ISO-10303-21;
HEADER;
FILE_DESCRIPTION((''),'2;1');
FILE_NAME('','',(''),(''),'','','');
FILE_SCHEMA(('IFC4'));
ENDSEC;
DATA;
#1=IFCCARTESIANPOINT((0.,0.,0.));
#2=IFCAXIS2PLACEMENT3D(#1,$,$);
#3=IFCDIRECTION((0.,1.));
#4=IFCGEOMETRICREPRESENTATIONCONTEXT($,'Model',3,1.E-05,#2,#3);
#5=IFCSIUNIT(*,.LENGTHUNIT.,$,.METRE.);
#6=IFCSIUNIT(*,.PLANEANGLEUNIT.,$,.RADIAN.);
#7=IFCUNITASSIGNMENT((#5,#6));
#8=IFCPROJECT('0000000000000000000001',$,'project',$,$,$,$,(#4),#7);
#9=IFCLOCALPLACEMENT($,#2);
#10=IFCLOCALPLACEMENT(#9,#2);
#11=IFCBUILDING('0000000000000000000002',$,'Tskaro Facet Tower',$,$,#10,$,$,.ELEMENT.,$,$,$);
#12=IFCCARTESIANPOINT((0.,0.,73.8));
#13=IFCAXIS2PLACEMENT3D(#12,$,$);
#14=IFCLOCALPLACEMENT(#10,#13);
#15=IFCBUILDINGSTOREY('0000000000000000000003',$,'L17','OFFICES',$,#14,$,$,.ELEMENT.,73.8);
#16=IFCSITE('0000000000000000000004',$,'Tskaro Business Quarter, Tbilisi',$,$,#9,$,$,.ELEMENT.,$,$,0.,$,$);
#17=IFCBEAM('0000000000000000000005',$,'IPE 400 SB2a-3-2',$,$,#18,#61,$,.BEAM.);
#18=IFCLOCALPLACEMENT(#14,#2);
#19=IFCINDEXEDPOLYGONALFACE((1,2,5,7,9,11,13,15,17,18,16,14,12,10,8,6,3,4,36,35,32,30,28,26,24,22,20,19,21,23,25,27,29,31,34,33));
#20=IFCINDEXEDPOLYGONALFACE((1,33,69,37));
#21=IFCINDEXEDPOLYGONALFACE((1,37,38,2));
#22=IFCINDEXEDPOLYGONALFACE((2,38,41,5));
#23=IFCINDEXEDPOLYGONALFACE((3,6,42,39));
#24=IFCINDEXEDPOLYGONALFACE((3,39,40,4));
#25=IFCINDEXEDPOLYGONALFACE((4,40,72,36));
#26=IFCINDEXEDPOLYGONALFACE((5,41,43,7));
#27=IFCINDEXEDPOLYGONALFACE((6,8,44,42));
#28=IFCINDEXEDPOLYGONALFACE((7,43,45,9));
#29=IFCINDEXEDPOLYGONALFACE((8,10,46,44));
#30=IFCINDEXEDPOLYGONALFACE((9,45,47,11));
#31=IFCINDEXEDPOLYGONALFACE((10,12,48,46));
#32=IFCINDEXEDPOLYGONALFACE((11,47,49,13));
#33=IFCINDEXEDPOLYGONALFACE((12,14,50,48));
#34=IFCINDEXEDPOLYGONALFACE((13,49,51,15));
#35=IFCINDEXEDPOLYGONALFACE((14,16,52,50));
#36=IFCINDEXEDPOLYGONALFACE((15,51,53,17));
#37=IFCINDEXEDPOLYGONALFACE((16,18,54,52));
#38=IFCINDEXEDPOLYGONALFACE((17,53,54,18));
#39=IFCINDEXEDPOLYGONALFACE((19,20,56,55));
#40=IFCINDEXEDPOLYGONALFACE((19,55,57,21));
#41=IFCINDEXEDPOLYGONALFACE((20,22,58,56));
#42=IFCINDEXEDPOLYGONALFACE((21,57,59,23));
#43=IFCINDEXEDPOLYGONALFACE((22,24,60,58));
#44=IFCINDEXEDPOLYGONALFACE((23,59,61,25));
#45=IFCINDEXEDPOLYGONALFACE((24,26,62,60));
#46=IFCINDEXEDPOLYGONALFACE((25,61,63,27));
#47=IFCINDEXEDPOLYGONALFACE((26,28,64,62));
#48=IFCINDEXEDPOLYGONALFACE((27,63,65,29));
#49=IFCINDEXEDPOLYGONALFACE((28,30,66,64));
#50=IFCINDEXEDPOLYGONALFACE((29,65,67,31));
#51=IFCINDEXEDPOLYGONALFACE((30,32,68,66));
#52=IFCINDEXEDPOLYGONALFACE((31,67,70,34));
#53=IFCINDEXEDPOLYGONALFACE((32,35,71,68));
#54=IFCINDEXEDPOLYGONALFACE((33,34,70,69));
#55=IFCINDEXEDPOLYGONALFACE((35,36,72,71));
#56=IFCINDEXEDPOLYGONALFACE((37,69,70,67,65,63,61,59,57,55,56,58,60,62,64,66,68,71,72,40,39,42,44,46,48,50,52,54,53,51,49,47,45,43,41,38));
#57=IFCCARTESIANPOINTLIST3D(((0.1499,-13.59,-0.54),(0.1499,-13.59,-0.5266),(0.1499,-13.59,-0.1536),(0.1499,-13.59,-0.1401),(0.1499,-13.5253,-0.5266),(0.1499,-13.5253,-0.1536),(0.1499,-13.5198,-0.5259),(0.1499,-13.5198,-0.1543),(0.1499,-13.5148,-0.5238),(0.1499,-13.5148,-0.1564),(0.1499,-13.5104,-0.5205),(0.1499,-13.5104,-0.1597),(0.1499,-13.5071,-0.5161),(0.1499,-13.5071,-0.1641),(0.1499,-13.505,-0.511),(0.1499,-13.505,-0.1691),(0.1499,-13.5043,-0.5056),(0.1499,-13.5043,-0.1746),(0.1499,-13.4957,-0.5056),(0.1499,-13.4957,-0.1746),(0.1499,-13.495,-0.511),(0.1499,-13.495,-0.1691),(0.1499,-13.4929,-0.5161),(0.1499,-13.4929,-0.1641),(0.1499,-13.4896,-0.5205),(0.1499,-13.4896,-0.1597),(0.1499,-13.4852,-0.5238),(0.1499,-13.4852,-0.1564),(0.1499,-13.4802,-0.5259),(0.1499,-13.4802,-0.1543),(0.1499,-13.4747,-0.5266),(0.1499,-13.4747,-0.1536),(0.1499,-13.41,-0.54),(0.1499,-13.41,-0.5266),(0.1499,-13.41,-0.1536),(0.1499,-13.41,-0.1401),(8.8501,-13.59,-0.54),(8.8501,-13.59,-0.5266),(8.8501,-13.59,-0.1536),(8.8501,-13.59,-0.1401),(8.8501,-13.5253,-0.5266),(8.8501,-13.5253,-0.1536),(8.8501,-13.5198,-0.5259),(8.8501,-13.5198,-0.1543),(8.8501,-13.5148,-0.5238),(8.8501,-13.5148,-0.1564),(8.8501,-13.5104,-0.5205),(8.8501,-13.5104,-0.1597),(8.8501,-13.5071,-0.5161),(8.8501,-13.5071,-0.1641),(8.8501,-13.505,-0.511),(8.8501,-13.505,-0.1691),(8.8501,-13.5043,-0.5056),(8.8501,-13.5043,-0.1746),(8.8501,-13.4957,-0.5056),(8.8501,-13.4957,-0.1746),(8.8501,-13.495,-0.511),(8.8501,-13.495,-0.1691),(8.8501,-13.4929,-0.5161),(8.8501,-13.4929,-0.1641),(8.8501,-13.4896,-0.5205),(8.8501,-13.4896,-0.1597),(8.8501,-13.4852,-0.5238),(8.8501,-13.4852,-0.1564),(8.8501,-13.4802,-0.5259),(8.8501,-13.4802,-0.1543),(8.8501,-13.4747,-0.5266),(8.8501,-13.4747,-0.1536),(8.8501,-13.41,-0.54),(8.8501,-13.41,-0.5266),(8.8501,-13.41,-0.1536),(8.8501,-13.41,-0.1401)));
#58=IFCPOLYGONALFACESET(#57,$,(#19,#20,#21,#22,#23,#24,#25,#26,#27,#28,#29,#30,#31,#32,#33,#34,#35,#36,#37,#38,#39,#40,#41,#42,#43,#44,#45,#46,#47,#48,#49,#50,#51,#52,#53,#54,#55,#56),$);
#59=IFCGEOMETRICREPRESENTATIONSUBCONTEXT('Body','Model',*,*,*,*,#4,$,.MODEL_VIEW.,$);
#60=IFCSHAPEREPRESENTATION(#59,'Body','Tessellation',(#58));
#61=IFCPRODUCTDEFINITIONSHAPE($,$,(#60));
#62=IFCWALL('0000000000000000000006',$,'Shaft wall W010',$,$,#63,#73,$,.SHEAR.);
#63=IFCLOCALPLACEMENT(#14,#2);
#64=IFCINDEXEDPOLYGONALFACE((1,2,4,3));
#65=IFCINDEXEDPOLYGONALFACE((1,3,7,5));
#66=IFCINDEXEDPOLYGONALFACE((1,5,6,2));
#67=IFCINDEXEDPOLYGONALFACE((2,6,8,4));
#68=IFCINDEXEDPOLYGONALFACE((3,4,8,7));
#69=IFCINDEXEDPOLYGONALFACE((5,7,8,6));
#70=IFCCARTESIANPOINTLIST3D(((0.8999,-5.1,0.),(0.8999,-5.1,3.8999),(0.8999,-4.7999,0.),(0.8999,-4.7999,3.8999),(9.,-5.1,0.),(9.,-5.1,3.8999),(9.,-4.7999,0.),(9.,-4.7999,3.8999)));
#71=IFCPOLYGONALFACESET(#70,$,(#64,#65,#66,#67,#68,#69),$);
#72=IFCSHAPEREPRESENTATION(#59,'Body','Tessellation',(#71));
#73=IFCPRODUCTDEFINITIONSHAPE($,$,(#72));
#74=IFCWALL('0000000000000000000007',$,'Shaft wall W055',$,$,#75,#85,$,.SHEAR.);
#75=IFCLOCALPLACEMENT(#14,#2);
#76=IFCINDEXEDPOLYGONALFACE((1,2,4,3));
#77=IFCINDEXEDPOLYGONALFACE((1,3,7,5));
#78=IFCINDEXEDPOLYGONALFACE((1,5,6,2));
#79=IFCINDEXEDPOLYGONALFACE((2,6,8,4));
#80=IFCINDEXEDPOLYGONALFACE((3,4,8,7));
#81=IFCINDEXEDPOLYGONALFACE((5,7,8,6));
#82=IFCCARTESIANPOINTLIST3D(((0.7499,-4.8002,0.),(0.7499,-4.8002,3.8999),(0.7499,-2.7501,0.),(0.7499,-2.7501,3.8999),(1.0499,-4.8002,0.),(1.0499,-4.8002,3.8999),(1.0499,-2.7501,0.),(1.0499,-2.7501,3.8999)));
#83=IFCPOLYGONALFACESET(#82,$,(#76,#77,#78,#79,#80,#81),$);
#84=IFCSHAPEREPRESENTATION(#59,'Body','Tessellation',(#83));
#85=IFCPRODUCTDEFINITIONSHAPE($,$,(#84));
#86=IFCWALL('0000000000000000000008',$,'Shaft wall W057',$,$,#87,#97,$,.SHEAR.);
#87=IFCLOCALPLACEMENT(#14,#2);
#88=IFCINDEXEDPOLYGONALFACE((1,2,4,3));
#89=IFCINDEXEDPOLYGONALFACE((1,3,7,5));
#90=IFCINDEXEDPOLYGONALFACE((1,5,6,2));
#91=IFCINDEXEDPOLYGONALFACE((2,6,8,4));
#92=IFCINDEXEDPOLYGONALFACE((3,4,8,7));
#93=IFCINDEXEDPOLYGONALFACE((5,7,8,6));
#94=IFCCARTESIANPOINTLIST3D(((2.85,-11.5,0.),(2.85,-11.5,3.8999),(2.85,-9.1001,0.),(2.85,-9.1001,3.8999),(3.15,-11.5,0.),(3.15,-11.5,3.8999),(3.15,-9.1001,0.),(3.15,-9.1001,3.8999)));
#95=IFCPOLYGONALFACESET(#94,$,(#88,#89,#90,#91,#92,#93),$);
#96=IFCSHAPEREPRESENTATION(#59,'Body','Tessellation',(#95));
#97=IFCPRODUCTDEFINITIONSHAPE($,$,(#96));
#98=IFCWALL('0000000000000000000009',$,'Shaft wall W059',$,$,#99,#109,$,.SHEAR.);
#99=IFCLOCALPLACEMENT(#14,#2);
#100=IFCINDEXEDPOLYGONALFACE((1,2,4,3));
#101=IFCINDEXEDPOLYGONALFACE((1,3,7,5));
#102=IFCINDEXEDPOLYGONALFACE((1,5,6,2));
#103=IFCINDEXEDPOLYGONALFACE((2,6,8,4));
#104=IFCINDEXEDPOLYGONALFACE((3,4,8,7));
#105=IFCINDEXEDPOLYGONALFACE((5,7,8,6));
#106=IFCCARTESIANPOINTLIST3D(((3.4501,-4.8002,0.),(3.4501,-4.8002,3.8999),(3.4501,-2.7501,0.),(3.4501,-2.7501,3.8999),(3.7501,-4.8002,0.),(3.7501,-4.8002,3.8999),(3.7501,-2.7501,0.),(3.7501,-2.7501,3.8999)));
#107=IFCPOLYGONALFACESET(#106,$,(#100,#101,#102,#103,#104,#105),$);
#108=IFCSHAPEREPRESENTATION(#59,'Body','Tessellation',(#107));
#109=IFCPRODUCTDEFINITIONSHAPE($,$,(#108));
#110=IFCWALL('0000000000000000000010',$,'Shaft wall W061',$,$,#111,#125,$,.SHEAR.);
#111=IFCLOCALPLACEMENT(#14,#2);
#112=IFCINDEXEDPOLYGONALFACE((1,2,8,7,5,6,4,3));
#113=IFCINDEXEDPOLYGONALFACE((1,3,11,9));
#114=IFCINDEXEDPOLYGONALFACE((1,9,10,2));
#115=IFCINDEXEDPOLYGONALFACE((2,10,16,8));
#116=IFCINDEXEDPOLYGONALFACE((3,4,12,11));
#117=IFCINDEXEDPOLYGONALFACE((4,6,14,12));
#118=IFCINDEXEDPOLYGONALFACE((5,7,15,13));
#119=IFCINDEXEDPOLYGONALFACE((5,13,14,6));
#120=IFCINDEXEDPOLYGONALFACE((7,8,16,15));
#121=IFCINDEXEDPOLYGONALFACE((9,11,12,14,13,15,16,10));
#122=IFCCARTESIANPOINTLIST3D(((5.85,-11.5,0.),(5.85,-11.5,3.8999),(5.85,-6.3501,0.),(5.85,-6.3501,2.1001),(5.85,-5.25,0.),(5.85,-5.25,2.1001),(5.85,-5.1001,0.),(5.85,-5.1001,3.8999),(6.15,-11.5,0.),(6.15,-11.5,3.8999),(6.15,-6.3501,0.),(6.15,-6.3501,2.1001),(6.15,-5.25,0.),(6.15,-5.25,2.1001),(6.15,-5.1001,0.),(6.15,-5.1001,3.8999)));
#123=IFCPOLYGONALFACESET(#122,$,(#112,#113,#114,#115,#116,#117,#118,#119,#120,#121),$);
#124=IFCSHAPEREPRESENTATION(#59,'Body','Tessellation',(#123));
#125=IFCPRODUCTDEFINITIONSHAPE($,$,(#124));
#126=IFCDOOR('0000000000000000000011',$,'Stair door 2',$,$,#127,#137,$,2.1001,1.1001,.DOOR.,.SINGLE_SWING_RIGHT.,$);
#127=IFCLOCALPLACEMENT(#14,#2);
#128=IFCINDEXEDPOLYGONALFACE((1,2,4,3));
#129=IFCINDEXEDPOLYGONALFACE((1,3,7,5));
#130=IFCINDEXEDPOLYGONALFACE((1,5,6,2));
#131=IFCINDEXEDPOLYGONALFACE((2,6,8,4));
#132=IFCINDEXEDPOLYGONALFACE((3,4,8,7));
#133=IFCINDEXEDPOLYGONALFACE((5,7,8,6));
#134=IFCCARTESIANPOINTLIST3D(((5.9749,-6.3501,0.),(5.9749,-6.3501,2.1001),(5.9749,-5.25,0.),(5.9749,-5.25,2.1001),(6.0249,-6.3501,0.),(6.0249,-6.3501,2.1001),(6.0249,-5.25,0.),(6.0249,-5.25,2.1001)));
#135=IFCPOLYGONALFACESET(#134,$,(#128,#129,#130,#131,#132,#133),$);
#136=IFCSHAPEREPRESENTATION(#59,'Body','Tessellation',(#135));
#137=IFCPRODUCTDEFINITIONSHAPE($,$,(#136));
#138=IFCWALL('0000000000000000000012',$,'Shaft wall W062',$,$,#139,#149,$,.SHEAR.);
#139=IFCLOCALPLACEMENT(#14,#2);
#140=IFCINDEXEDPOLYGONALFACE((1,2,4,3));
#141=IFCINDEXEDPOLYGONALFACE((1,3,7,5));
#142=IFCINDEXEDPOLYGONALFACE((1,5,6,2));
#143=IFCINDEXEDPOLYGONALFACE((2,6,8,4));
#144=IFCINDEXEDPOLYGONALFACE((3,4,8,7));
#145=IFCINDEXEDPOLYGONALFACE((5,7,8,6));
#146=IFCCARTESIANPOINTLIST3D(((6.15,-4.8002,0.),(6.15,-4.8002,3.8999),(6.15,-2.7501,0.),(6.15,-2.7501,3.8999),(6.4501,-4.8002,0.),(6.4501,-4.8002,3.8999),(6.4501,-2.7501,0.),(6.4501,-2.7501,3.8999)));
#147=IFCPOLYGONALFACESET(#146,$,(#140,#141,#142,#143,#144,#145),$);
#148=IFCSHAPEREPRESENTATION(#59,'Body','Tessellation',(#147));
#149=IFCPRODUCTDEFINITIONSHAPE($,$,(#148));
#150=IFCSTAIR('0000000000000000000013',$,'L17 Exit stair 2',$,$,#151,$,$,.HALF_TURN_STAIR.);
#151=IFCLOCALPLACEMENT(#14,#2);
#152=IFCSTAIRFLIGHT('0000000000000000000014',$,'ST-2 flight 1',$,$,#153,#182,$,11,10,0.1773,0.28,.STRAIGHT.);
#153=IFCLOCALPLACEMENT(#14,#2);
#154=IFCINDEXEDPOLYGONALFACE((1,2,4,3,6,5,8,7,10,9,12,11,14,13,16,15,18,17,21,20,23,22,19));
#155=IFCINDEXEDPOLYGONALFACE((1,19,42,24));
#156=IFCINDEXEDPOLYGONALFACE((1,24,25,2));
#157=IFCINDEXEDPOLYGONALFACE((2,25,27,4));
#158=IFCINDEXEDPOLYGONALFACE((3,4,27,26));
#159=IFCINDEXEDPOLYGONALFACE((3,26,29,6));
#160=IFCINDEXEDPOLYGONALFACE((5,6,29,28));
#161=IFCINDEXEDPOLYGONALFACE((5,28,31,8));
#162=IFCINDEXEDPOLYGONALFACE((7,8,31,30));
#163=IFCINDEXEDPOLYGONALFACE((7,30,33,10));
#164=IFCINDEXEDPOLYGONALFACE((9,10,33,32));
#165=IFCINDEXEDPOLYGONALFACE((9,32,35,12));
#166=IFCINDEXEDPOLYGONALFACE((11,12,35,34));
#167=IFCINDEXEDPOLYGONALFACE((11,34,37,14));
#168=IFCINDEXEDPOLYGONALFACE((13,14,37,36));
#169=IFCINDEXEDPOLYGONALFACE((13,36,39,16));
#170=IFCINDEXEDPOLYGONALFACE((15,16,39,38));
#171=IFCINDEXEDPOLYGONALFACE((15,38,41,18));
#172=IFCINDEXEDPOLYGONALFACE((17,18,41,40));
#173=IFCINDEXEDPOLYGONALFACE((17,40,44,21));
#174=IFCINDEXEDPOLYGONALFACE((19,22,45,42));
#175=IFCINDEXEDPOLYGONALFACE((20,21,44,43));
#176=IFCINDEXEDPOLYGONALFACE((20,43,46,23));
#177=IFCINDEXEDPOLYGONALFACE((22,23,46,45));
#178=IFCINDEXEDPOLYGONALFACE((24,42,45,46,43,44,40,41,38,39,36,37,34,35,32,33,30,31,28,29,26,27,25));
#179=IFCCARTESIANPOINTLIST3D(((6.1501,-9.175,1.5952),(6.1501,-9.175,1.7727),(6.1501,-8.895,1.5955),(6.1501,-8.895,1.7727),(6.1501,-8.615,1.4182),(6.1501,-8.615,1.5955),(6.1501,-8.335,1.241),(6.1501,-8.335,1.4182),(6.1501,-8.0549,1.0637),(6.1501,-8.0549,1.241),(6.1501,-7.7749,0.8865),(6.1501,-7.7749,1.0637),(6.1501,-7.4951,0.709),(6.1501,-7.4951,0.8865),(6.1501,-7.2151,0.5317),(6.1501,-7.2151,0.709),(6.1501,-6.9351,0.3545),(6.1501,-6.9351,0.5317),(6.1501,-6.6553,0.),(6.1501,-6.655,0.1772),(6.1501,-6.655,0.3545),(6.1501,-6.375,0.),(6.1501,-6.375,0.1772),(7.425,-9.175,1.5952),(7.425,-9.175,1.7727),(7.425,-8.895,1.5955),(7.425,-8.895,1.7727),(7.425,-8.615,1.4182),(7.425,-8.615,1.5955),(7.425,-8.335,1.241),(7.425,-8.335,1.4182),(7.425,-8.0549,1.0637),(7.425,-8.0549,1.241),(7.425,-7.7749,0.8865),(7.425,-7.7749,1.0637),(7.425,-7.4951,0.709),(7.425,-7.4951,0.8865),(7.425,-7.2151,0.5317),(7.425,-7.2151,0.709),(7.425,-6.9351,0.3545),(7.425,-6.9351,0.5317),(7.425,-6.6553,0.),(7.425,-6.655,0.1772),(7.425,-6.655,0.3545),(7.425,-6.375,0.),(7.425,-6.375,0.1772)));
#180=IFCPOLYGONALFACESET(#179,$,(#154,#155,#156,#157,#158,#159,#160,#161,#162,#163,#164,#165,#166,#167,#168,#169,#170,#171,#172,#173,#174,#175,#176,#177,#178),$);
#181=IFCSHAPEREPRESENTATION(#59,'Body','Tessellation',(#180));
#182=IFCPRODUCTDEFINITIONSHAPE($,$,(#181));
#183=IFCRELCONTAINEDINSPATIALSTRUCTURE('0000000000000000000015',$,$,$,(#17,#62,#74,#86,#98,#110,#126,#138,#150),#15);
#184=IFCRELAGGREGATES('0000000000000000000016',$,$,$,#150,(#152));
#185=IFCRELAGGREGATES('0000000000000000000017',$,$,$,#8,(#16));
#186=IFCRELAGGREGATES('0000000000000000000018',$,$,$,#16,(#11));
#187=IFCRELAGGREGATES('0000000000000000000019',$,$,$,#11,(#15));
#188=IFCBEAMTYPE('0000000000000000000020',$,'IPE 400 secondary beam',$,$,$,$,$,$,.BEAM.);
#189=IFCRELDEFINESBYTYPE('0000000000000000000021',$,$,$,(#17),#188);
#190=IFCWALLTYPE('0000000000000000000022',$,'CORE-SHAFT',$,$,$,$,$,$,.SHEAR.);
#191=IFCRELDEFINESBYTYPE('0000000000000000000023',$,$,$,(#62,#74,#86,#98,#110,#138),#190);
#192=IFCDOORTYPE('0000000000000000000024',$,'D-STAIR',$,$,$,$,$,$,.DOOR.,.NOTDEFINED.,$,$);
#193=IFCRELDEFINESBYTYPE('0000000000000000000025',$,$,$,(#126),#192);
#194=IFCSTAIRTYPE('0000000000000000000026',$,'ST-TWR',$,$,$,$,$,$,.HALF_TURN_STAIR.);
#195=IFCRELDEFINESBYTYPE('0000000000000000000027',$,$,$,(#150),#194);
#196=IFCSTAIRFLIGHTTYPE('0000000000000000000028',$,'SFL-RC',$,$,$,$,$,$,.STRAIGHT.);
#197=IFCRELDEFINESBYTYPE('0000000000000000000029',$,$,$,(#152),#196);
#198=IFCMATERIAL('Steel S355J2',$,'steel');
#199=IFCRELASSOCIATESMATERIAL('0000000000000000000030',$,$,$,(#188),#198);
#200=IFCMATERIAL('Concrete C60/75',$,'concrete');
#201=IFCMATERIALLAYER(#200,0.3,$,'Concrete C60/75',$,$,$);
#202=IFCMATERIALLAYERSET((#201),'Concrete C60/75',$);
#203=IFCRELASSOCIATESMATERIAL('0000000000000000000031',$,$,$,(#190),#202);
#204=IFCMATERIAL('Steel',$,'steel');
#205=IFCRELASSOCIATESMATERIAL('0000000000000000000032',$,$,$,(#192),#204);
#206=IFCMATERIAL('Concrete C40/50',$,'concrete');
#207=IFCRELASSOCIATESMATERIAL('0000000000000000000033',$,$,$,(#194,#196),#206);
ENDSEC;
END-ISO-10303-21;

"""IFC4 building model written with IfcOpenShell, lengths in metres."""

from ifc_helpers import new_model, si_unit, direction, frame, frame_2d, origin, origin_2d, place, context, subcontext, project, spatial, polyline, rectangle, i_section, outline, extrude, material, layer, layer_set, material_profile, profile_set, type_object, element, fill, aggregate, save


model = new_model("IFC4")

# Units and contexts
model_context = context("Model", 3, precision=1e-05, world=origin(), true_north=direction((0.0, 1.0)))
body_context = subcontext(model_context, "Body", "Model", "MODEL_VIEW")
ifc_project = project(units=[si_unit("LENGTHUNIT", "METRE"), si_unit("PLANEANGLEUNIT", "RADIAN")], contexts=[model_context])

# Site, building, storey
site_placement = place(None, origin())
site = spatial("IfcSite", under=ifc_project, at=site_placement, Name="Tskaro Business Quarter, Tbilisi", CompositionType="ELEMENT", RefElevation=0.0)
building_placement = place(site_placement, origin())
building = spatial("IfcBuilding", under=site, at=building_placement, Name="Tskaro Facet Tower", CompositionType="ELEMENT")
storey_placement = place(building_placement, frame((0.0, 0.0, 73.8)))
storey = spatial("IfcBuildingStorey", under=building, at=storey_placement, Name="L17", Description="OFFICES", CompositionType="ELEMENT", Elevation=73.8)

# Beam
ifc_material_1 = material(Name="Steel S355J2", Category="steel")
ifc_material_profile = material_profile(ifc_material_1, i_section(OverallWidth=0.1799, OverallDepth=0.3999, WebThickness=0.0085, FlangeThickness=0.0134, FilletRadius=0.021, at=origin_2d()), Name="IPE 400")
ifc_profile_set = profile_set([ifc_material_profile], Name="Steel S355J2")
beam_type = type_object("IfcBeamType", Name="IPE 400 secondary beam", PredefinedType="BEAM", material=ifc_profile_set)
beam_placement = place(storey_placement, frame((0.1499, -13.5, -0.3401), z_axis=(1.0, 0.0, 0.0), x_axis=(0.0, 1.0, 0.0)))
element("IfcBeam", 1, at=beam_placement, inside=storey, type_object=beam_type, Name="IPE 400 SB2a-3-2", PredefinedType="BEAM", context=body_context, shape_type="SweptSolid", body=[
    extrude(i_section(OverallWidth=0.1799, OverallDepth=0.3999, WebThickness=0.0085, FlangeThickness=0.0134, FilletRadius=0.021, at=origin_2d()), origin(), (0.0, 0.0, 1.0), 8.7002),
])

# Walls
ifc_material_2 = material(Name="Concrete C60/75", Category="concrete")
ifc_layer = layer(ifc_material_2, 0.3, Name="Concrete C60/75")
ifc_layer_set = layer_set([ifc_layer], Name="Concrete C60/75")
wall_type = type_object("IfcWallType", Name="CORE-SHAFT", PredefinedType="SHEAR", material=ifc_layer_set)
wall_1_placement = place(storey_placement, frame((0.8999, -4.95, 0.0), z_axis=(0.0, 0.0, 1.0), x_axis=(1.0, 0.0, 0.0)))
element("IfcWall", 2, at=wall_1_placement, inside=storey, type_object=wall_type, Name="Shaft wall W010", PredefinedType="SHEAR", context=body_context, shape_type="SweptSolid", body=[
    extrude(rectangle(XDim=8.1001, YDim=0.3, at=frame_2d((4.05, 0.0))), origin(), (0.0, 0.0, 1.0), 3.8999),
])
wall_2_placement = place(storey_placement, frame((0.8999, -4.8, 0.0), z_axis=(0.0, 0.0, 1.0), x_axis=(0.0, 1.0, 0.0)))
element("IfcWall", 3, at=wall_2_placement, inside=storey, type_object=wall_type, Name="Shaft wall W055", PredefinedType="SHEAR", context=body_context, shape_type="SweptSolid", body=[
    extrude(rectangle(XDim=2.05, YDim=0.3, at=frame_2d((1.0249, 0.0))), origin(), (0.0, 0.0, 1.0), 3.8999),
])
wall_3_placement = place(storey_placement, frame((3.0, -11.5, 0.0), z_axis=(0.0, 0.0, 1.0), x_axis=(0.0, 1.0, 0.0)))
element("IfcWall", 4, at=wall_3_placement, inside=storey, type_object=wall_type, Name="Shaft wall W057", PredefinedType="SHEAR", context=body_context, shape_type="SweptSolid", body=[
    extrude(rectangle(XDim=2.3999, YDim=0.3, at=frame_2d((1.2, 0.0))), origin(), (0.0, 0.0, 1.0), 3.8999),
])
wall_4_placement = place(storey_placement, frame((3.6001, -4.8, 0.0), z_axis=(0.0, 0.0, 1.0), x_axis=(0.0, 1.0, 0.0)))
element("IfcWall", 5, at=wall_4_placement, inside=storey, type_object=wall_type, Name="Shaft wall W059", PredefinedType="SHEAR", context=body_context, shape_type="SweptSolid", body=[
    extrude(rectangle(XDim=2.05, YDim=0.3, at=frame_2d((1.0249, 0.0))), origin(), (0.0, 0.0, 1.0), 3.8999),
])

# Wall, opening, door
wall_5_placement = place(storey_placement, frame((6.0, -5.1001, 0.0), z_axis=(0.0, 0.0, 1.0), x_axis=(0.0, -1.0, 0.0)))
wall_5 = element("IfcWall", 6, at=wall_5_placement, inside=storey, type_object=wall_type, Name="Shaft wall W061", PredefinedType="SHEAR", context=body_context, shape_type="SweptSolid", body=[
    extrude(rectangle(XDim=6.3999, YDim=0.3, at=frame_2d((3.2, 0.0))), origin(), (0.0, 0.0, 1.0), 3.8999),
])
opening_placement = place(wall_5_placement, frame((0.1499, 0.0, 0.0)))
opening = element("IfcOpeningElement", 7, at=opening_placement, cuts=wall_5, PredefinedType="OPENING", context=body_context, shape_type="SweptSolid", body=[
    extrude(rectangle(XDim=1.1001, YDim=2.1001, at=frame_2d((0.55, 1.05))), frame((0.0, 0.1599, 0.0), z_axis=(0.0, -1.0, 0.0), x_axis=(1.0, 0.0, 0.0)), (0.0, 0.0, 1.0), 0.3201),
])
ifc_material_3 = material(Name="Steel", Category="steel")
door_type = type_object("IfcDoorType", Name="D-STAIR", OperationType="NOTDEFINED", PredefinedType="DOOR", material=ifc_material_3)
door_placement = place(opening_placement, origin())
door = element("IfcDoor", 8, at=door_placement, inside=storey, type_object=door_type, Name="Stair door 2", OperationType="SINGLE_SWING_RIGHT", OverallHeight=2.1001, OverallWidth=1.1001, PredefinedType="DOOR", context=body_context, shape_type="SweptSolid", body=[
    extrude(rectangle(XDim=1.1001, YDim=2.1001, at=frame_2d((0.55, 1.05))), frame((0.0, 0.0249, 0.0), z_axis=(0.0, -1.0, 0.0), x_axis=(1.0, 0.0, 0.0)), (0.0, 0.0, 1.0), 0.05),
])
fill(opening, door)

# Wall
wall_6_placement = place(storey_placement, frame((6.3, -4.8, 0.0), z_axis=(0.0, 0.0, 1.0), x_axis=(0.0, 1.0, 0.0)))
element("IfcWall", 9, at=wall_6_placement, inside=storey, type_object=wall_type, Name="Shaft wall W062", PredefinedType="SHEAR", context=body_context, shape_type="SweptSolid", body=[
    extrude(rectangle(XDim=2.05, YDim=0.3, at=frame_2d((1.0249, 0.0))), origin(), (0.0, 0.0, 1.0), 3.8999),
])

# Stair, stair flight
ifc_material_4 = material(Name="Concrete C40/50", Category="concrete")
stair_type = type_object("IfcStairType", Name="ST-TWR", PredefinedType="HALF_TURN_STAIR", material=ifc_material_4)
stair_placement = place(storey_placement, origin())
stair = element("IfcStair", 10, at=stair_placement, inside=storey, type_object=stair_type, Name="L17 Exit stair 2", PredefinedType="HALF_TURN_STAIR")
stair_flight_type = type_object("IfcStairFlightType", Name="SFL-RC", PredefinedType="STRAIGHT", material=ifc_material_4)
stair_flight_placement = place(storey_placement, frame((6.7876, -6.375, 0.0), z_axis=(0.0, 0.0, 1.0), x_axis=(0.0, -1.0, 0.0)))
stair_flight = element("IfcStairFlight", 11, at=stair_flight_placement, type_object=stair_flight_type, Name="ST-2 flight 1", NumberOfRisers=11, NumberOfTreads=10, PredefinedType="STRAIGHT", RiserHeight=0.1773, TreadLength=0.28, context=body_context, shape_type="SweptSolid", body=[
    extrude(outline(polyline([(0.0, 0.0), (0.0, 0.1772), (0.28, 0.1772), (0.28, 0.3545), (0.5601, 0.3545), (0.5601, 0.5317), (0.8401, 0.5317), (0.8401, 0.709), (1.1201, 0.709), (1.1201, 0.8865), (1.3999, 0.8865), (1.3999, 1.0637), (1.6799, 1.0637), (1.6799, 1.241), (1.96, 1.241), (1.96, 1.4182), (2.24, 1.4182), (2.24, 1.5955), (2.52, 1.5955), (2.52, 1.7727), (2.8, 1.7727), (2.8, 1.95), (2.8, 1.5952), (0.2803, 0.0), (0.0, 0.0)])), frame((0.0, 0.6375, 0.0), z_axis=(0.0, -1.0, 0.0), x_axis=(1.0, 0.0, 0.0)), (0.0, 0.0, 1.0), 1.2749),
])
aggregate(stair, [stair_flight])

save(model, "model.ifc")
